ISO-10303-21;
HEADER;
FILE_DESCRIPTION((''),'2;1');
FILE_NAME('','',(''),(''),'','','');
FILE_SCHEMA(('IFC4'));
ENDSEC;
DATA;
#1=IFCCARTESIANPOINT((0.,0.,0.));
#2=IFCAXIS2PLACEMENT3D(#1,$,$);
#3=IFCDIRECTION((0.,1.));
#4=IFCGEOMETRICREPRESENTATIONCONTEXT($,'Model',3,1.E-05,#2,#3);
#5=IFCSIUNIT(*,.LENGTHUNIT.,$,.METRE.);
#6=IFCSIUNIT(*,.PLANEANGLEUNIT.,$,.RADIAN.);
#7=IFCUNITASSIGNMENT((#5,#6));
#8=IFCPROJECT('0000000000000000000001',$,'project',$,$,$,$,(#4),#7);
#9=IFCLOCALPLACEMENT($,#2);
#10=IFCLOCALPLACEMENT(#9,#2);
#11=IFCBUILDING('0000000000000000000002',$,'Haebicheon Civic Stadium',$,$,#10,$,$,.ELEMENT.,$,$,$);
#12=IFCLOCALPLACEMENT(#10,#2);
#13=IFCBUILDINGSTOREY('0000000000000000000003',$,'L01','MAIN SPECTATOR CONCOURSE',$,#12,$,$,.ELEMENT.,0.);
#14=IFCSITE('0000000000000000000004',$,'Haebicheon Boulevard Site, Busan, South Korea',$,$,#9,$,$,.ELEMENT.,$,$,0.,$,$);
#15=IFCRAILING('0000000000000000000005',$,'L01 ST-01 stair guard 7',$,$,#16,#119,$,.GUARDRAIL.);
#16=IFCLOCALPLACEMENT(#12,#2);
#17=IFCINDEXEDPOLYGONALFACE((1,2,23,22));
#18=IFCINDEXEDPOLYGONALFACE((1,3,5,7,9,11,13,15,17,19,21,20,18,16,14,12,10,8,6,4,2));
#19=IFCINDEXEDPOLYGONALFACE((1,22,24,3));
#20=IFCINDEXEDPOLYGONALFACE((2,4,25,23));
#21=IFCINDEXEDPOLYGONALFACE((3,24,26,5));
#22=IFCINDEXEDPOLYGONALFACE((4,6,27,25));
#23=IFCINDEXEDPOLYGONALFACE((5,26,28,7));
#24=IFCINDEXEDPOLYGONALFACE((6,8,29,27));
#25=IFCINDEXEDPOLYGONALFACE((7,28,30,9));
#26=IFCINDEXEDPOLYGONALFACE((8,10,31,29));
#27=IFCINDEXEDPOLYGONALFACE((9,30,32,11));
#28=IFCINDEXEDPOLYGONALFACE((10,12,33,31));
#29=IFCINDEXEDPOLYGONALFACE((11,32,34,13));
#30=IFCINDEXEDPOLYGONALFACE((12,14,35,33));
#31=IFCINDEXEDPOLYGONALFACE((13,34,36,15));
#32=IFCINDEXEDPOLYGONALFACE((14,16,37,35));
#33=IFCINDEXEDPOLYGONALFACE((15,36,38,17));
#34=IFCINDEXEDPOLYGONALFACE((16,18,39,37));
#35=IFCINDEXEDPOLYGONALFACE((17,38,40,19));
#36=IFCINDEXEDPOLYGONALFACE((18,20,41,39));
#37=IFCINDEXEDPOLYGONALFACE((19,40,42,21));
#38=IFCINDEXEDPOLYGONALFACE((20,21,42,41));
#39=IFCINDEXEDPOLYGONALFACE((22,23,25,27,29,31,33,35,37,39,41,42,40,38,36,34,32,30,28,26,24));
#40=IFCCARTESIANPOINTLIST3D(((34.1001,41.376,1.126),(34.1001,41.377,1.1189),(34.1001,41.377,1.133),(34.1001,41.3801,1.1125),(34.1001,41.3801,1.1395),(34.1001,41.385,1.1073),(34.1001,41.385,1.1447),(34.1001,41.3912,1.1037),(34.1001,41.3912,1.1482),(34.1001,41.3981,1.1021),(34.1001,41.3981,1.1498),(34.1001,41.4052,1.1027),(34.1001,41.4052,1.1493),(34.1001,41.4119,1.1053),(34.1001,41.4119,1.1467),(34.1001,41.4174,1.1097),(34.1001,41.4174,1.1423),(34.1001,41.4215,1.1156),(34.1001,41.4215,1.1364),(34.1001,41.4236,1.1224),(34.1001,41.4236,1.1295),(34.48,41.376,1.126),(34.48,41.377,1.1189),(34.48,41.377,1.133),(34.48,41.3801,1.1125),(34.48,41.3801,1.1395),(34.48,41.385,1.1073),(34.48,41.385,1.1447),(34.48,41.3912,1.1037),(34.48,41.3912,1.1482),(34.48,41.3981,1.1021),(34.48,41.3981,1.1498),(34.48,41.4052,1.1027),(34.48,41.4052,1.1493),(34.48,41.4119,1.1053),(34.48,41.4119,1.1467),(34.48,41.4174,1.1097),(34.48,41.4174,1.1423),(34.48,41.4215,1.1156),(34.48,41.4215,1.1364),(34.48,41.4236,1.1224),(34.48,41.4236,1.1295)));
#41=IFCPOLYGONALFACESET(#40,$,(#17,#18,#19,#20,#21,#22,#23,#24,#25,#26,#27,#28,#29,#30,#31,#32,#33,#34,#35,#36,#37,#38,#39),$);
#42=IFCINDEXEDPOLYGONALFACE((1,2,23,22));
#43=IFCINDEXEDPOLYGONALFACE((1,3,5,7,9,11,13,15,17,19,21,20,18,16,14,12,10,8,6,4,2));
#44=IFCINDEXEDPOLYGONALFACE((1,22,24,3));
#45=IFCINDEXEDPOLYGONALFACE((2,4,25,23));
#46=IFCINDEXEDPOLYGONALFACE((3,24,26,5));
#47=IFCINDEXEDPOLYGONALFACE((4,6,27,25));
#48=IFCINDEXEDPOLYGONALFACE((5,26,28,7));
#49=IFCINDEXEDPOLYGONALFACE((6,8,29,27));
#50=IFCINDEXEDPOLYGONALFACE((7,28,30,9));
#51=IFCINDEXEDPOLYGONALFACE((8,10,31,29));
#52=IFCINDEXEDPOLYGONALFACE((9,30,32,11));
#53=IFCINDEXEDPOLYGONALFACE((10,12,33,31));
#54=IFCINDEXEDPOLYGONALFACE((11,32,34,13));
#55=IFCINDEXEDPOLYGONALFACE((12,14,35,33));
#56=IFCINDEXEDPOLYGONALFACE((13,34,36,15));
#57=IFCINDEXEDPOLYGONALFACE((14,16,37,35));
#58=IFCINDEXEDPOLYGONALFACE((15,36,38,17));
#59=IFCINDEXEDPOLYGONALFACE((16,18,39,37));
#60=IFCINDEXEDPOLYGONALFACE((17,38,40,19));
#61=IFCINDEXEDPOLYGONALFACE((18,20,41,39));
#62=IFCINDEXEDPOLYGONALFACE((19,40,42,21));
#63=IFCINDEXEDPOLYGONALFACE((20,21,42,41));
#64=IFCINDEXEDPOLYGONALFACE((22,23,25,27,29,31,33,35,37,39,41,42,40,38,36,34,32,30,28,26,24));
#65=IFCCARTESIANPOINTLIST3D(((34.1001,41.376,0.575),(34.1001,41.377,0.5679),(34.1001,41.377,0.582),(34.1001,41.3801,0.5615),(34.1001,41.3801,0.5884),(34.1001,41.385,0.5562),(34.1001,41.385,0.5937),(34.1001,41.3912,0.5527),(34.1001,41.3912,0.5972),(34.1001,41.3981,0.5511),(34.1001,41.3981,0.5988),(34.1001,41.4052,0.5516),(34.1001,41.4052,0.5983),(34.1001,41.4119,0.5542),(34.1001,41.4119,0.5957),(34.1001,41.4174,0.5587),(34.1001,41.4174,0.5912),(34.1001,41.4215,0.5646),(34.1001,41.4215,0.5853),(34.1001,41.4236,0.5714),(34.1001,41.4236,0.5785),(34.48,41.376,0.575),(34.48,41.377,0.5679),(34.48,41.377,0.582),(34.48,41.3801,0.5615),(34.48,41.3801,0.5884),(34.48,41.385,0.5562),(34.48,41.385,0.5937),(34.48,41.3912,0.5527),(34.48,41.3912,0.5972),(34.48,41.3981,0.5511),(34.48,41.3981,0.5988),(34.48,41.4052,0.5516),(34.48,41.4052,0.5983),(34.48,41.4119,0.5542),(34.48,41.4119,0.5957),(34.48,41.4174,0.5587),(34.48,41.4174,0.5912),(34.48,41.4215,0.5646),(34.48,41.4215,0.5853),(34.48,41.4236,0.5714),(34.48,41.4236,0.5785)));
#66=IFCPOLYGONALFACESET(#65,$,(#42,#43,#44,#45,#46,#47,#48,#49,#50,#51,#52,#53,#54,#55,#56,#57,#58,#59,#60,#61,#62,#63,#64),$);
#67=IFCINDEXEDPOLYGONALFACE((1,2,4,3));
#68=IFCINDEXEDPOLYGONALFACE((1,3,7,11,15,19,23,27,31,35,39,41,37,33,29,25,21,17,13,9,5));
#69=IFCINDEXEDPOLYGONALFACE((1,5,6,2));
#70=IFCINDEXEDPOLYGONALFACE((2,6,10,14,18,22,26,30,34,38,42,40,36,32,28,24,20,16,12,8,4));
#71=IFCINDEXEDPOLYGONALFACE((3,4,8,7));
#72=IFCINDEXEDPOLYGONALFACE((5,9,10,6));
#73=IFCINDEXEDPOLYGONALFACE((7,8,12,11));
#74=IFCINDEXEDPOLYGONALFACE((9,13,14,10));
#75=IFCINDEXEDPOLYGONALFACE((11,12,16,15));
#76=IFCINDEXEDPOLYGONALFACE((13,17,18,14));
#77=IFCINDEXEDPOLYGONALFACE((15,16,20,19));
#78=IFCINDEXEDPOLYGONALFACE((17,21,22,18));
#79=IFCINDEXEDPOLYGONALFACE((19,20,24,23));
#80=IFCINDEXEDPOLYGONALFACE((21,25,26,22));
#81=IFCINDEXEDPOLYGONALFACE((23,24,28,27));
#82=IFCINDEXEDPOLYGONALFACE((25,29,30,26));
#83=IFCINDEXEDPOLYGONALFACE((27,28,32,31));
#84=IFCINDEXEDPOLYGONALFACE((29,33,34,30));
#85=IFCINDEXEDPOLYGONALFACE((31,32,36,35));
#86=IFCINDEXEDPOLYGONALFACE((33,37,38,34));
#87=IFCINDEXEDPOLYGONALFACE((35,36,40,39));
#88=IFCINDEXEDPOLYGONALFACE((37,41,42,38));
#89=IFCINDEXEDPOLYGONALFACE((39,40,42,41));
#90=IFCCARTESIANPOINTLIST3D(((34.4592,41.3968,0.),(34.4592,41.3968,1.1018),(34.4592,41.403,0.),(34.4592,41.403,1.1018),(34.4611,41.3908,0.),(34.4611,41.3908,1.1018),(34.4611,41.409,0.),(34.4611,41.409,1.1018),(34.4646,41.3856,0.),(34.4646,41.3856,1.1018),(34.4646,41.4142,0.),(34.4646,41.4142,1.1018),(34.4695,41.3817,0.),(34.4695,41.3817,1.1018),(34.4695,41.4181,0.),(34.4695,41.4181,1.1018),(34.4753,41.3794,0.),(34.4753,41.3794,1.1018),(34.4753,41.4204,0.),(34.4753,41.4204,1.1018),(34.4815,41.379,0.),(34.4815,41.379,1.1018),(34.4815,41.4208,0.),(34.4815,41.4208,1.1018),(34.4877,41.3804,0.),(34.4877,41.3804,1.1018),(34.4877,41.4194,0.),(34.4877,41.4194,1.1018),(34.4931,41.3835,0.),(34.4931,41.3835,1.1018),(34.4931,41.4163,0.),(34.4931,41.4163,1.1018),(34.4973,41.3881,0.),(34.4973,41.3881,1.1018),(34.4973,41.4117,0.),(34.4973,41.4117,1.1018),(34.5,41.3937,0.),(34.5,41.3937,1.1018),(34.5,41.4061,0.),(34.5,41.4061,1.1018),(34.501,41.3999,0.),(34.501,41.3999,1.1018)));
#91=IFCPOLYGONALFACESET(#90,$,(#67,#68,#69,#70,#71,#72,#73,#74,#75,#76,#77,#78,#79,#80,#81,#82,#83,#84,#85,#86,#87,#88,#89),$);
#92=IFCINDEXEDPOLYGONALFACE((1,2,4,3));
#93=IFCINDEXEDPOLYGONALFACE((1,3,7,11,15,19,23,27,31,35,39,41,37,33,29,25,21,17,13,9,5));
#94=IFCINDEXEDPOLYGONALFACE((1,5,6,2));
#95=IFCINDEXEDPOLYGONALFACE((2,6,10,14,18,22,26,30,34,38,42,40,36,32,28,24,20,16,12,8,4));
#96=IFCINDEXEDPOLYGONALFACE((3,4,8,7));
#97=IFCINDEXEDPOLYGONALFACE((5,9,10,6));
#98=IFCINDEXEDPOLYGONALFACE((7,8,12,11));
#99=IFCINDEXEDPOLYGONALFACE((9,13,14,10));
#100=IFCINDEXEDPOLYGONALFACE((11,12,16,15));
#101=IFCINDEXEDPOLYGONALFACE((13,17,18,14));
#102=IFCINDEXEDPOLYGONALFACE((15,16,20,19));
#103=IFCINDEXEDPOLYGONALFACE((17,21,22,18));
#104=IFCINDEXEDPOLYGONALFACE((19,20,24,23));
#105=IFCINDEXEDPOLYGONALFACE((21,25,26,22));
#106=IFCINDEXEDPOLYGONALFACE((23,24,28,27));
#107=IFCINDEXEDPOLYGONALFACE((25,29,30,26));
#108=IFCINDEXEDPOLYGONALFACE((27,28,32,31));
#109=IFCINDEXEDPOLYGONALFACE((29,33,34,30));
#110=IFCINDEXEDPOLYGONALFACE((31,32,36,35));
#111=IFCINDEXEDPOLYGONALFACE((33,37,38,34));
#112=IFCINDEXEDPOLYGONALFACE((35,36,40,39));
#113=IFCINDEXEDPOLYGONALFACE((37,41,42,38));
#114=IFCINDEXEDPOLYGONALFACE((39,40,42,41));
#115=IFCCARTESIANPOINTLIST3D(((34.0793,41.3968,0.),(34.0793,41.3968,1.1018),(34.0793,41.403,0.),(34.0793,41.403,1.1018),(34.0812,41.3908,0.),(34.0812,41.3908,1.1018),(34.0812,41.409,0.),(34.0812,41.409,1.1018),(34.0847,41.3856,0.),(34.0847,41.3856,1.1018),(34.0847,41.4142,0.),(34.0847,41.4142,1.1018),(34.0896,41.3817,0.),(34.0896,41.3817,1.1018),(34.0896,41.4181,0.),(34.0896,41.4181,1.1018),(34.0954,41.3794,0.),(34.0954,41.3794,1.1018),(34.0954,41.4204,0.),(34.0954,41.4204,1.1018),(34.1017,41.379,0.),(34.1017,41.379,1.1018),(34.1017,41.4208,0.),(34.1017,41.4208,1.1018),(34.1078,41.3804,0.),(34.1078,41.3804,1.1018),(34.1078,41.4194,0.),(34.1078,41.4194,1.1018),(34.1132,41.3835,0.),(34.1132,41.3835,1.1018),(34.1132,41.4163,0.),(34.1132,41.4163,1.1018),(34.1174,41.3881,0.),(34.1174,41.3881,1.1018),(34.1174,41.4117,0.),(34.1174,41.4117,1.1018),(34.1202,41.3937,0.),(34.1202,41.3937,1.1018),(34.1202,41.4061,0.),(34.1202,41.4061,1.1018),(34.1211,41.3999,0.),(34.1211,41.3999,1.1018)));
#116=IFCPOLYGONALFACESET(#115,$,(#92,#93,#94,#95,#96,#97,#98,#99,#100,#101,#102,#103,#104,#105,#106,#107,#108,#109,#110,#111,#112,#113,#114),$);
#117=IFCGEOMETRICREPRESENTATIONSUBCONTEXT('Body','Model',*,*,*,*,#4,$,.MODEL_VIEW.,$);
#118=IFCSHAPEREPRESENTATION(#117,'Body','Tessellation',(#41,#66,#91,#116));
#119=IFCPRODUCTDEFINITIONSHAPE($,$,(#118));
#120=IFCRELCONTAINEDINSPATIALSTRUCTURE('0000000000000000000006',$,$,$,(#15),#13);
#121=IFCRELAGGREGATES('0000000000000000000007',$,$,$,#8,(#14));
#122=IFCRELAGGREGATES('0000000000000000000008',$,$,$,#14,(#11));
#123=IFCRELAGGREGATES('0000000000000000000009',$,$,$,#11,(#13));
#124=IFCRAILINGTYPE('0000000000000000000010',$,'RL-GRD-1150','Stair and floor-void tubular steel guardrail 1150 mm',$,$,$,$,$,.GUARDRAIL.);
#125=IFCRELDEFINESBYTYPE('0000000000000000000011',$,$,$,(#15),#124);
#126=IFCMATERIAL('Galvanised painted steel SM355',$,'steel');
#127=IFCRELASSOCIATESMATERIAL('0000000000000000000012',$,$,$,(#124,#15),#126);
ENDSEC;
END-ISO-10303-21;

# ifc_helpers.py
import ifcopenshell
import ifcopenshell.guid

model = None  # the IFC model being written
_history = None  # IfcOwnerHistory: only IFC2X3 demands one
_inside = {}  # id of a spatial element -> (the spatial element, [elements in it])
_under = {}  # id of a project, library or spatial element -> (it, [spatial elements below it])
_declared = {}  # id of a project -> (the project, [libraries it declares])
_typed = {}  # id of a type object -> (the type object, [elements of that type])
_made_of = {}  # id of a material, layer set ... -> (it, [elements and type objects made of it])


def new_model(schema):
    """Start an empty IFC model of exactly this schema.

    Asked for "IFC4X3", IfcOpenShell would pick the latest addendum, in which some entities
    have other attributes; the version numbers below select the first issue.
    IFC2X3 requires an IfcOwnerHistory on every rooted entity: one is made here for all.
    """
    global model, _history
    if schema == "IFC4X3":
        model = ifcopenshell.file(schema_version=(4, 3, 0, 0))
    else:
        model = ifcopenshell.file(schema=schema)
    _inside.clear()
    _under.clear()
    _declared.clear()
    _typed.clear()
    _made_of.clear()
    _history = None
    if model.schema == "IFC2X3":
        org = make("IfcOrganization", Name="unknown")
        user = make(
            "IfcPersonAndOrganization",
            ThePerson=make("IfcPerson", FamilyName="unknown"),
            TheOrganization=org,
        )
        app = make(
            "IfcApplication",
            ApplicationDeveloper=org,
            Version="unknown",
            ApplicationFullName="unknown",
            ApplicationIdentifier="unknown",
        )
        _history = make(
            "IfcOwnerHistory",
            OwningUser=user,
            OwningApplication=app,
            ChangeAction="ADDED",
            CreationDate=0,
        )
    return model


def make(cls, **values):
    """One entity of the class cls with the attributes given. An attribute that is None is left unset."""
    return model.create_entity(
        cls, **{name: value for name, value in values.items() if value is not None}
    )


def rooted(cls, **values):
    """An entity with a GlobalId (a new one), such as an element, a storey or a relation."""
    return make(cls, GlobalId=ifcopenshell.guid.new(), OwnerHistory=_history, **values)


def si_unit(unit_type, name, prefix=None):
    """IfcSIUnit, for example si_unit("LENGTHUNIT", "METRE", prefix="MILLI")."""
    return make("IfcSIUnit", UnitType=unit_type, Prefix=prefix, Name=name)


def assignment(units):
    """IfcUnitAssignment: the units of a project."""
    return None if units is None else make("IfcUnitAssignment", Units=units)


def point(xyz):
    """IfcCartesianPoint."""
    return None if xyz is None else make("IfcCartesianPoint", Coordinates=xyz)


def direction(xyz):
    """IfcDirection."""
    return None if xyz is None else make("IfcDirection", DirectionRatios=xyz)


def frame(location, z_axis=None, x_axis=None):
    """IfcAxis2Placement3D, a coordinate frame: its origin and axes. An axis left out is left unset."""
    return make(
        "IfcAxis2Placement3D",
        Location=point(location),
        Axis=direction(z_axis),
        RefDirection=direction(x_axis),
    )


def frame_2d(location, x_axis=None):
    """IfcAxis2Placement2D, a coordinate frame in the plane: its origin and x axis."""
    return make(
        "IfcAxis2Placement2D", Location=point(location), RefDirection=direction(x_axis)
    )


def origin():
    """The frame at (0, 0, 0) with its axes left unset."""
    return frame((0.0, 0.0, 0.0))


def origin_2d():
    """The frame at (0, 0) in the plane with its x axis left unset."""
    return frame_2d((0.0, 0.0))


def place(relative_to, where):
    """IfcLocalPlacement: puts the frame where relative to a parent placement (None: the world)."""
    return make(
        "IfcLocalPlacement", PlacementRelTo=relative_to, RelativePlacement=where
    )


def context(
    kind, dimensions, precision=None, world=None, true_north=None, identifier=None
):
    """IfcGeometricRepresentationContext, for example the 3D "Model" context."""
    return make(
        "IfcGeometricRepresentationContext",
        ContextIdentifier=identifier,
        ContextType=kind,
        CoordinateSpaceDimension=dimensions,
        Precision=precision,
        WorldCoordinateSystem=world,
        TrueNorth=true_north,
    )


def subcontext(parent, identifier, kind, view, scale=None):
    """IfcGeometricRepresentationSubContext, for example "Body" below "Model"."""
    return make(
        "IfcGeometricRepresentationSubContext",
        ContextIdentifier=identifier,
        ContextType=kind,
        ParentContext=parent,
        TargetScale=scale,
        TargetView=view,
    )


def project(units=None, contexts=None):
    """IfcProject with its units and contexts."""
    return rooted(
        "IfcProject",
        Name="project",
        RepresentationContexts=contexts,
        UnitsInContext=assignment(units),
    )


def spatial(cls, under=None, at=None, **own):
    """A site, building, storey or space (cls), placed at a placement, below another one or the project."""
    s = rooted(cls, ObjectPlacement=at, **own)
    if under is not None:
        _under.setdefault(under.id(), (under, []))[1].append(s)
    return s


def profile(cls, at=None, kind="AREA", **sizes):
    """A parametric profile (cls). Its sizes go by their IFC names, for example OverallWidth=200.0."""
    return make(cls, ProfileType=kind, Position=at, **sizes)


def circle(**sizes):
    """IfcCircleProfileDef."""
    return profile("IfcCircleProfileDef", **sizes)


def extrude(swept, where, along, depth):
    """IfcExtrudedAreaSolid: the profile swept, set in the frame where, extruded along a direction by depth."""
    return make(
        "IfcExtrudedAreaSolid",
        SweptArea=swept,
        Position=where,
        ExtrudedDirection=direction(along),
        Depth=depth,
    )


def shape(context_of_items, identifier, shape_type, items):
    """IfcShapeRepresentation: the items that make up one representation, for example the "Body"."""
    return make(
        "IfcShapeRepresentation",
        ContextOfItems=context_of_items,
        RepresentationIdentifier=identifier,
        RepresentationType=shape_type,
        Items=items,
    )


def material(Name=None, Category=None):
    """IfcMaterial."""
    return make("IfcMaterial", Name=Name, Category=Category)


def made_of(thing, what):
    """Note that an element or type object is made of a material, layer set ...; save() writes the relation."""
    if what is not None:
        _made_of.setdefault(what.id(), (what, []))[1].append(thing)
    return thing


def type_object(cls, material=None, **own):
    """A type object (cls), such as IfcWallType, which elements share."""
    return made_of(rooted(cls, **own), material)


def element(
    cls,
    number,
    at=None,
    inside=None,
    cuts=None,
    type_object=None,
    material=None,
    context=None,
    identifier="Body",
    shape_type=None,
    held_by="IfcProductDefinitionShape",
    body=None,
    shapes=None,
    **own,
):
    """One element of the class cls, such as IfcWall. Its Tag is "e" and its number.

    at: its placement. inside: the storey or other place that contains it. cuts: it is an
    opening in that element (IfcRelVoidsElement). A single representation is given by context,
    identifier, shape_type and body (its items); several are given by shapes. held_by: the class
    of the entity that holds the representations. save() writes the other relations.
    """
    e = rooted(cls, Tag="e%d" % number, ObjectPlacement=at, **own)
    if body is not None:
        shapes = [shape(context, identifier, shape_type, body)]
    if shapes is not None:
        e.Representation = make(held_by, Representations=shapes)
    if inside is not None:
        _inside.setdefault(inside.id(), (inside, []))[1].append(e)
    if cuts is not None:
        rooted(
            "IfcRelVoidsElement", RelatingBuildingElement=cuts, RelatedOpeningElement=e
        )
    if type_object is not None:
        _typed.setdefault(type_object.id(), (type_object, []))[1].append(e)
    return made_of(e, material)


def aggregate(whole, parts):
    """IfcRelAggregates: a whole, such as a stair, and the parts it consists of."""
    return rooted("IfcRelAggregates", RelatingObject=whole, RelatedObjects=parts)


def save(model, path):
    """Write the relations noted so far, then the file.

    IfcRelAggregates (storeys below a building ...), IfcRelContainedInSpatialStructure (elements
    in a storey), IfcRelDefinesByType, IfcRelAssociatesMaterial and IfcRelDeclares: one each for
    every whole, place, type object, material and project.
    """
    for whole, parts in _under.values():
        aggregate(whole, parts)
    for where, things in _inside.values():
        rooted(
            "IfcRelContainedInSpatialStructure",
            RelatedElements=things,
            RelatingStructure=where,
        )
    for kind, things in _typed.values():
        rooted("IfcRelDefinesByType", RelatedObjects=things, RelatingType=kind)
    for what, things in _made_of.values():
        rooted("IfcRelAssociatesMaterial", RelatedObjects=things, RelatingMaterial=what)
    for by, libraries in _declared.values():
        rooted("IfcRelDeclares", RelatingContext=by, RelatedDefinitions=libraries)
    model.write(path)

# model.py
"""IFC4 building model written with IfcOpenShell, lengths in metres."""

from ifc_helpers import new_model, si_unit, direction, frame, origin, origin_2d, place, context, subcontext, project, spatial, circle, extrude, material, type_object, element, save


model = new_model("IFC4")

# Units and contexts
model_context = context("Model", 3, precision=1e-05, world=origin(), true_north=direction((0.0, 1.0)))
body_context = subcontext(model_context, "Body", "Model", "MODEL_VIEW")
ifc_project = project(units=[si_unit("LENGTHUNIT", "METRE"), si_unit("PLANEANGLEUNIT", "RADIAN")], contexts=[model_context])

# Site, building, storey
site_placement = place(None, origin())
site = spatial("IfcSite", under=ifc_project, at=site_placement, Name="Haebicheon Boulevard Site, Busan, South Korea", CompositionType="ELEMENT", RefElevation=0.0)
building_placement = place(site_placement, origin())
building = spatial("IfcBuilding", under=site, at=building_placement, Name="Haebicheon Civic Stadium", CompositionType="ELEMENT")
storey_placement = place(building_placement, origin())
storey = spatial("IfcBuildingStorey", under=building, at=storey_placement, Name="L01", Description="MAIN SPECTATOR CONCOURSE", CompositionType="ELEMENT", Elevation=0.0)

# Railing
ifc_material_1 = material(Name="Galvanised painted steel SM355", Category="steel")
railing_type_1 = type_object("IfcRailingType", Name="RL-GRD-1150", Description="Stair and floor-void tubular steel guardrail 1150 mm", PredefinedType="GUARDRAIL", material=ifc_material_1)
railing_1_placement = place(storey_placement, frame((34.48, 41.3999, 0.0)))
element("IfcRailing", 1, at=railing_1_placement, inside=storey, type_object=railing_type_1, material=ifc_material_1, Name="L01 ST-01 stair guard 7", PredefinedType="GUARDRAIL", context=body_context, shape_type="SweptSolid", body=[
    extrude(circle(Radius=0.0239, at=origin_2d()), frame((0.0, 0.0, 1.126), z_axis=(-1.0, 0.0, 0.0), x_axis=(0.0, -1.0, 0.0)), (0.0, 0.0, 1.0), 0.3799),
    extrude(circle(Radius=0.0239, at=origin_2d()), frame((0.0, 0.0, 0.575), z_axis=(-1.0, 0.0, 0.0), x_axis=(0.0, -1.0, 0.0)), (0.0, 0.0, 1.0), 0.3799),
    extrude(circle(Radius=0.021, at=origin_2d()), origin(), (0.0, 0.0, 1.0), 1.1018),
    extrude(circle(Radius=0.021, at=origin_2d()), frame((-0.3799, 0.0, 0.0)), (0.0, 0.0, 1.0), 1.1018),
])

save(model, "model.ifc")
